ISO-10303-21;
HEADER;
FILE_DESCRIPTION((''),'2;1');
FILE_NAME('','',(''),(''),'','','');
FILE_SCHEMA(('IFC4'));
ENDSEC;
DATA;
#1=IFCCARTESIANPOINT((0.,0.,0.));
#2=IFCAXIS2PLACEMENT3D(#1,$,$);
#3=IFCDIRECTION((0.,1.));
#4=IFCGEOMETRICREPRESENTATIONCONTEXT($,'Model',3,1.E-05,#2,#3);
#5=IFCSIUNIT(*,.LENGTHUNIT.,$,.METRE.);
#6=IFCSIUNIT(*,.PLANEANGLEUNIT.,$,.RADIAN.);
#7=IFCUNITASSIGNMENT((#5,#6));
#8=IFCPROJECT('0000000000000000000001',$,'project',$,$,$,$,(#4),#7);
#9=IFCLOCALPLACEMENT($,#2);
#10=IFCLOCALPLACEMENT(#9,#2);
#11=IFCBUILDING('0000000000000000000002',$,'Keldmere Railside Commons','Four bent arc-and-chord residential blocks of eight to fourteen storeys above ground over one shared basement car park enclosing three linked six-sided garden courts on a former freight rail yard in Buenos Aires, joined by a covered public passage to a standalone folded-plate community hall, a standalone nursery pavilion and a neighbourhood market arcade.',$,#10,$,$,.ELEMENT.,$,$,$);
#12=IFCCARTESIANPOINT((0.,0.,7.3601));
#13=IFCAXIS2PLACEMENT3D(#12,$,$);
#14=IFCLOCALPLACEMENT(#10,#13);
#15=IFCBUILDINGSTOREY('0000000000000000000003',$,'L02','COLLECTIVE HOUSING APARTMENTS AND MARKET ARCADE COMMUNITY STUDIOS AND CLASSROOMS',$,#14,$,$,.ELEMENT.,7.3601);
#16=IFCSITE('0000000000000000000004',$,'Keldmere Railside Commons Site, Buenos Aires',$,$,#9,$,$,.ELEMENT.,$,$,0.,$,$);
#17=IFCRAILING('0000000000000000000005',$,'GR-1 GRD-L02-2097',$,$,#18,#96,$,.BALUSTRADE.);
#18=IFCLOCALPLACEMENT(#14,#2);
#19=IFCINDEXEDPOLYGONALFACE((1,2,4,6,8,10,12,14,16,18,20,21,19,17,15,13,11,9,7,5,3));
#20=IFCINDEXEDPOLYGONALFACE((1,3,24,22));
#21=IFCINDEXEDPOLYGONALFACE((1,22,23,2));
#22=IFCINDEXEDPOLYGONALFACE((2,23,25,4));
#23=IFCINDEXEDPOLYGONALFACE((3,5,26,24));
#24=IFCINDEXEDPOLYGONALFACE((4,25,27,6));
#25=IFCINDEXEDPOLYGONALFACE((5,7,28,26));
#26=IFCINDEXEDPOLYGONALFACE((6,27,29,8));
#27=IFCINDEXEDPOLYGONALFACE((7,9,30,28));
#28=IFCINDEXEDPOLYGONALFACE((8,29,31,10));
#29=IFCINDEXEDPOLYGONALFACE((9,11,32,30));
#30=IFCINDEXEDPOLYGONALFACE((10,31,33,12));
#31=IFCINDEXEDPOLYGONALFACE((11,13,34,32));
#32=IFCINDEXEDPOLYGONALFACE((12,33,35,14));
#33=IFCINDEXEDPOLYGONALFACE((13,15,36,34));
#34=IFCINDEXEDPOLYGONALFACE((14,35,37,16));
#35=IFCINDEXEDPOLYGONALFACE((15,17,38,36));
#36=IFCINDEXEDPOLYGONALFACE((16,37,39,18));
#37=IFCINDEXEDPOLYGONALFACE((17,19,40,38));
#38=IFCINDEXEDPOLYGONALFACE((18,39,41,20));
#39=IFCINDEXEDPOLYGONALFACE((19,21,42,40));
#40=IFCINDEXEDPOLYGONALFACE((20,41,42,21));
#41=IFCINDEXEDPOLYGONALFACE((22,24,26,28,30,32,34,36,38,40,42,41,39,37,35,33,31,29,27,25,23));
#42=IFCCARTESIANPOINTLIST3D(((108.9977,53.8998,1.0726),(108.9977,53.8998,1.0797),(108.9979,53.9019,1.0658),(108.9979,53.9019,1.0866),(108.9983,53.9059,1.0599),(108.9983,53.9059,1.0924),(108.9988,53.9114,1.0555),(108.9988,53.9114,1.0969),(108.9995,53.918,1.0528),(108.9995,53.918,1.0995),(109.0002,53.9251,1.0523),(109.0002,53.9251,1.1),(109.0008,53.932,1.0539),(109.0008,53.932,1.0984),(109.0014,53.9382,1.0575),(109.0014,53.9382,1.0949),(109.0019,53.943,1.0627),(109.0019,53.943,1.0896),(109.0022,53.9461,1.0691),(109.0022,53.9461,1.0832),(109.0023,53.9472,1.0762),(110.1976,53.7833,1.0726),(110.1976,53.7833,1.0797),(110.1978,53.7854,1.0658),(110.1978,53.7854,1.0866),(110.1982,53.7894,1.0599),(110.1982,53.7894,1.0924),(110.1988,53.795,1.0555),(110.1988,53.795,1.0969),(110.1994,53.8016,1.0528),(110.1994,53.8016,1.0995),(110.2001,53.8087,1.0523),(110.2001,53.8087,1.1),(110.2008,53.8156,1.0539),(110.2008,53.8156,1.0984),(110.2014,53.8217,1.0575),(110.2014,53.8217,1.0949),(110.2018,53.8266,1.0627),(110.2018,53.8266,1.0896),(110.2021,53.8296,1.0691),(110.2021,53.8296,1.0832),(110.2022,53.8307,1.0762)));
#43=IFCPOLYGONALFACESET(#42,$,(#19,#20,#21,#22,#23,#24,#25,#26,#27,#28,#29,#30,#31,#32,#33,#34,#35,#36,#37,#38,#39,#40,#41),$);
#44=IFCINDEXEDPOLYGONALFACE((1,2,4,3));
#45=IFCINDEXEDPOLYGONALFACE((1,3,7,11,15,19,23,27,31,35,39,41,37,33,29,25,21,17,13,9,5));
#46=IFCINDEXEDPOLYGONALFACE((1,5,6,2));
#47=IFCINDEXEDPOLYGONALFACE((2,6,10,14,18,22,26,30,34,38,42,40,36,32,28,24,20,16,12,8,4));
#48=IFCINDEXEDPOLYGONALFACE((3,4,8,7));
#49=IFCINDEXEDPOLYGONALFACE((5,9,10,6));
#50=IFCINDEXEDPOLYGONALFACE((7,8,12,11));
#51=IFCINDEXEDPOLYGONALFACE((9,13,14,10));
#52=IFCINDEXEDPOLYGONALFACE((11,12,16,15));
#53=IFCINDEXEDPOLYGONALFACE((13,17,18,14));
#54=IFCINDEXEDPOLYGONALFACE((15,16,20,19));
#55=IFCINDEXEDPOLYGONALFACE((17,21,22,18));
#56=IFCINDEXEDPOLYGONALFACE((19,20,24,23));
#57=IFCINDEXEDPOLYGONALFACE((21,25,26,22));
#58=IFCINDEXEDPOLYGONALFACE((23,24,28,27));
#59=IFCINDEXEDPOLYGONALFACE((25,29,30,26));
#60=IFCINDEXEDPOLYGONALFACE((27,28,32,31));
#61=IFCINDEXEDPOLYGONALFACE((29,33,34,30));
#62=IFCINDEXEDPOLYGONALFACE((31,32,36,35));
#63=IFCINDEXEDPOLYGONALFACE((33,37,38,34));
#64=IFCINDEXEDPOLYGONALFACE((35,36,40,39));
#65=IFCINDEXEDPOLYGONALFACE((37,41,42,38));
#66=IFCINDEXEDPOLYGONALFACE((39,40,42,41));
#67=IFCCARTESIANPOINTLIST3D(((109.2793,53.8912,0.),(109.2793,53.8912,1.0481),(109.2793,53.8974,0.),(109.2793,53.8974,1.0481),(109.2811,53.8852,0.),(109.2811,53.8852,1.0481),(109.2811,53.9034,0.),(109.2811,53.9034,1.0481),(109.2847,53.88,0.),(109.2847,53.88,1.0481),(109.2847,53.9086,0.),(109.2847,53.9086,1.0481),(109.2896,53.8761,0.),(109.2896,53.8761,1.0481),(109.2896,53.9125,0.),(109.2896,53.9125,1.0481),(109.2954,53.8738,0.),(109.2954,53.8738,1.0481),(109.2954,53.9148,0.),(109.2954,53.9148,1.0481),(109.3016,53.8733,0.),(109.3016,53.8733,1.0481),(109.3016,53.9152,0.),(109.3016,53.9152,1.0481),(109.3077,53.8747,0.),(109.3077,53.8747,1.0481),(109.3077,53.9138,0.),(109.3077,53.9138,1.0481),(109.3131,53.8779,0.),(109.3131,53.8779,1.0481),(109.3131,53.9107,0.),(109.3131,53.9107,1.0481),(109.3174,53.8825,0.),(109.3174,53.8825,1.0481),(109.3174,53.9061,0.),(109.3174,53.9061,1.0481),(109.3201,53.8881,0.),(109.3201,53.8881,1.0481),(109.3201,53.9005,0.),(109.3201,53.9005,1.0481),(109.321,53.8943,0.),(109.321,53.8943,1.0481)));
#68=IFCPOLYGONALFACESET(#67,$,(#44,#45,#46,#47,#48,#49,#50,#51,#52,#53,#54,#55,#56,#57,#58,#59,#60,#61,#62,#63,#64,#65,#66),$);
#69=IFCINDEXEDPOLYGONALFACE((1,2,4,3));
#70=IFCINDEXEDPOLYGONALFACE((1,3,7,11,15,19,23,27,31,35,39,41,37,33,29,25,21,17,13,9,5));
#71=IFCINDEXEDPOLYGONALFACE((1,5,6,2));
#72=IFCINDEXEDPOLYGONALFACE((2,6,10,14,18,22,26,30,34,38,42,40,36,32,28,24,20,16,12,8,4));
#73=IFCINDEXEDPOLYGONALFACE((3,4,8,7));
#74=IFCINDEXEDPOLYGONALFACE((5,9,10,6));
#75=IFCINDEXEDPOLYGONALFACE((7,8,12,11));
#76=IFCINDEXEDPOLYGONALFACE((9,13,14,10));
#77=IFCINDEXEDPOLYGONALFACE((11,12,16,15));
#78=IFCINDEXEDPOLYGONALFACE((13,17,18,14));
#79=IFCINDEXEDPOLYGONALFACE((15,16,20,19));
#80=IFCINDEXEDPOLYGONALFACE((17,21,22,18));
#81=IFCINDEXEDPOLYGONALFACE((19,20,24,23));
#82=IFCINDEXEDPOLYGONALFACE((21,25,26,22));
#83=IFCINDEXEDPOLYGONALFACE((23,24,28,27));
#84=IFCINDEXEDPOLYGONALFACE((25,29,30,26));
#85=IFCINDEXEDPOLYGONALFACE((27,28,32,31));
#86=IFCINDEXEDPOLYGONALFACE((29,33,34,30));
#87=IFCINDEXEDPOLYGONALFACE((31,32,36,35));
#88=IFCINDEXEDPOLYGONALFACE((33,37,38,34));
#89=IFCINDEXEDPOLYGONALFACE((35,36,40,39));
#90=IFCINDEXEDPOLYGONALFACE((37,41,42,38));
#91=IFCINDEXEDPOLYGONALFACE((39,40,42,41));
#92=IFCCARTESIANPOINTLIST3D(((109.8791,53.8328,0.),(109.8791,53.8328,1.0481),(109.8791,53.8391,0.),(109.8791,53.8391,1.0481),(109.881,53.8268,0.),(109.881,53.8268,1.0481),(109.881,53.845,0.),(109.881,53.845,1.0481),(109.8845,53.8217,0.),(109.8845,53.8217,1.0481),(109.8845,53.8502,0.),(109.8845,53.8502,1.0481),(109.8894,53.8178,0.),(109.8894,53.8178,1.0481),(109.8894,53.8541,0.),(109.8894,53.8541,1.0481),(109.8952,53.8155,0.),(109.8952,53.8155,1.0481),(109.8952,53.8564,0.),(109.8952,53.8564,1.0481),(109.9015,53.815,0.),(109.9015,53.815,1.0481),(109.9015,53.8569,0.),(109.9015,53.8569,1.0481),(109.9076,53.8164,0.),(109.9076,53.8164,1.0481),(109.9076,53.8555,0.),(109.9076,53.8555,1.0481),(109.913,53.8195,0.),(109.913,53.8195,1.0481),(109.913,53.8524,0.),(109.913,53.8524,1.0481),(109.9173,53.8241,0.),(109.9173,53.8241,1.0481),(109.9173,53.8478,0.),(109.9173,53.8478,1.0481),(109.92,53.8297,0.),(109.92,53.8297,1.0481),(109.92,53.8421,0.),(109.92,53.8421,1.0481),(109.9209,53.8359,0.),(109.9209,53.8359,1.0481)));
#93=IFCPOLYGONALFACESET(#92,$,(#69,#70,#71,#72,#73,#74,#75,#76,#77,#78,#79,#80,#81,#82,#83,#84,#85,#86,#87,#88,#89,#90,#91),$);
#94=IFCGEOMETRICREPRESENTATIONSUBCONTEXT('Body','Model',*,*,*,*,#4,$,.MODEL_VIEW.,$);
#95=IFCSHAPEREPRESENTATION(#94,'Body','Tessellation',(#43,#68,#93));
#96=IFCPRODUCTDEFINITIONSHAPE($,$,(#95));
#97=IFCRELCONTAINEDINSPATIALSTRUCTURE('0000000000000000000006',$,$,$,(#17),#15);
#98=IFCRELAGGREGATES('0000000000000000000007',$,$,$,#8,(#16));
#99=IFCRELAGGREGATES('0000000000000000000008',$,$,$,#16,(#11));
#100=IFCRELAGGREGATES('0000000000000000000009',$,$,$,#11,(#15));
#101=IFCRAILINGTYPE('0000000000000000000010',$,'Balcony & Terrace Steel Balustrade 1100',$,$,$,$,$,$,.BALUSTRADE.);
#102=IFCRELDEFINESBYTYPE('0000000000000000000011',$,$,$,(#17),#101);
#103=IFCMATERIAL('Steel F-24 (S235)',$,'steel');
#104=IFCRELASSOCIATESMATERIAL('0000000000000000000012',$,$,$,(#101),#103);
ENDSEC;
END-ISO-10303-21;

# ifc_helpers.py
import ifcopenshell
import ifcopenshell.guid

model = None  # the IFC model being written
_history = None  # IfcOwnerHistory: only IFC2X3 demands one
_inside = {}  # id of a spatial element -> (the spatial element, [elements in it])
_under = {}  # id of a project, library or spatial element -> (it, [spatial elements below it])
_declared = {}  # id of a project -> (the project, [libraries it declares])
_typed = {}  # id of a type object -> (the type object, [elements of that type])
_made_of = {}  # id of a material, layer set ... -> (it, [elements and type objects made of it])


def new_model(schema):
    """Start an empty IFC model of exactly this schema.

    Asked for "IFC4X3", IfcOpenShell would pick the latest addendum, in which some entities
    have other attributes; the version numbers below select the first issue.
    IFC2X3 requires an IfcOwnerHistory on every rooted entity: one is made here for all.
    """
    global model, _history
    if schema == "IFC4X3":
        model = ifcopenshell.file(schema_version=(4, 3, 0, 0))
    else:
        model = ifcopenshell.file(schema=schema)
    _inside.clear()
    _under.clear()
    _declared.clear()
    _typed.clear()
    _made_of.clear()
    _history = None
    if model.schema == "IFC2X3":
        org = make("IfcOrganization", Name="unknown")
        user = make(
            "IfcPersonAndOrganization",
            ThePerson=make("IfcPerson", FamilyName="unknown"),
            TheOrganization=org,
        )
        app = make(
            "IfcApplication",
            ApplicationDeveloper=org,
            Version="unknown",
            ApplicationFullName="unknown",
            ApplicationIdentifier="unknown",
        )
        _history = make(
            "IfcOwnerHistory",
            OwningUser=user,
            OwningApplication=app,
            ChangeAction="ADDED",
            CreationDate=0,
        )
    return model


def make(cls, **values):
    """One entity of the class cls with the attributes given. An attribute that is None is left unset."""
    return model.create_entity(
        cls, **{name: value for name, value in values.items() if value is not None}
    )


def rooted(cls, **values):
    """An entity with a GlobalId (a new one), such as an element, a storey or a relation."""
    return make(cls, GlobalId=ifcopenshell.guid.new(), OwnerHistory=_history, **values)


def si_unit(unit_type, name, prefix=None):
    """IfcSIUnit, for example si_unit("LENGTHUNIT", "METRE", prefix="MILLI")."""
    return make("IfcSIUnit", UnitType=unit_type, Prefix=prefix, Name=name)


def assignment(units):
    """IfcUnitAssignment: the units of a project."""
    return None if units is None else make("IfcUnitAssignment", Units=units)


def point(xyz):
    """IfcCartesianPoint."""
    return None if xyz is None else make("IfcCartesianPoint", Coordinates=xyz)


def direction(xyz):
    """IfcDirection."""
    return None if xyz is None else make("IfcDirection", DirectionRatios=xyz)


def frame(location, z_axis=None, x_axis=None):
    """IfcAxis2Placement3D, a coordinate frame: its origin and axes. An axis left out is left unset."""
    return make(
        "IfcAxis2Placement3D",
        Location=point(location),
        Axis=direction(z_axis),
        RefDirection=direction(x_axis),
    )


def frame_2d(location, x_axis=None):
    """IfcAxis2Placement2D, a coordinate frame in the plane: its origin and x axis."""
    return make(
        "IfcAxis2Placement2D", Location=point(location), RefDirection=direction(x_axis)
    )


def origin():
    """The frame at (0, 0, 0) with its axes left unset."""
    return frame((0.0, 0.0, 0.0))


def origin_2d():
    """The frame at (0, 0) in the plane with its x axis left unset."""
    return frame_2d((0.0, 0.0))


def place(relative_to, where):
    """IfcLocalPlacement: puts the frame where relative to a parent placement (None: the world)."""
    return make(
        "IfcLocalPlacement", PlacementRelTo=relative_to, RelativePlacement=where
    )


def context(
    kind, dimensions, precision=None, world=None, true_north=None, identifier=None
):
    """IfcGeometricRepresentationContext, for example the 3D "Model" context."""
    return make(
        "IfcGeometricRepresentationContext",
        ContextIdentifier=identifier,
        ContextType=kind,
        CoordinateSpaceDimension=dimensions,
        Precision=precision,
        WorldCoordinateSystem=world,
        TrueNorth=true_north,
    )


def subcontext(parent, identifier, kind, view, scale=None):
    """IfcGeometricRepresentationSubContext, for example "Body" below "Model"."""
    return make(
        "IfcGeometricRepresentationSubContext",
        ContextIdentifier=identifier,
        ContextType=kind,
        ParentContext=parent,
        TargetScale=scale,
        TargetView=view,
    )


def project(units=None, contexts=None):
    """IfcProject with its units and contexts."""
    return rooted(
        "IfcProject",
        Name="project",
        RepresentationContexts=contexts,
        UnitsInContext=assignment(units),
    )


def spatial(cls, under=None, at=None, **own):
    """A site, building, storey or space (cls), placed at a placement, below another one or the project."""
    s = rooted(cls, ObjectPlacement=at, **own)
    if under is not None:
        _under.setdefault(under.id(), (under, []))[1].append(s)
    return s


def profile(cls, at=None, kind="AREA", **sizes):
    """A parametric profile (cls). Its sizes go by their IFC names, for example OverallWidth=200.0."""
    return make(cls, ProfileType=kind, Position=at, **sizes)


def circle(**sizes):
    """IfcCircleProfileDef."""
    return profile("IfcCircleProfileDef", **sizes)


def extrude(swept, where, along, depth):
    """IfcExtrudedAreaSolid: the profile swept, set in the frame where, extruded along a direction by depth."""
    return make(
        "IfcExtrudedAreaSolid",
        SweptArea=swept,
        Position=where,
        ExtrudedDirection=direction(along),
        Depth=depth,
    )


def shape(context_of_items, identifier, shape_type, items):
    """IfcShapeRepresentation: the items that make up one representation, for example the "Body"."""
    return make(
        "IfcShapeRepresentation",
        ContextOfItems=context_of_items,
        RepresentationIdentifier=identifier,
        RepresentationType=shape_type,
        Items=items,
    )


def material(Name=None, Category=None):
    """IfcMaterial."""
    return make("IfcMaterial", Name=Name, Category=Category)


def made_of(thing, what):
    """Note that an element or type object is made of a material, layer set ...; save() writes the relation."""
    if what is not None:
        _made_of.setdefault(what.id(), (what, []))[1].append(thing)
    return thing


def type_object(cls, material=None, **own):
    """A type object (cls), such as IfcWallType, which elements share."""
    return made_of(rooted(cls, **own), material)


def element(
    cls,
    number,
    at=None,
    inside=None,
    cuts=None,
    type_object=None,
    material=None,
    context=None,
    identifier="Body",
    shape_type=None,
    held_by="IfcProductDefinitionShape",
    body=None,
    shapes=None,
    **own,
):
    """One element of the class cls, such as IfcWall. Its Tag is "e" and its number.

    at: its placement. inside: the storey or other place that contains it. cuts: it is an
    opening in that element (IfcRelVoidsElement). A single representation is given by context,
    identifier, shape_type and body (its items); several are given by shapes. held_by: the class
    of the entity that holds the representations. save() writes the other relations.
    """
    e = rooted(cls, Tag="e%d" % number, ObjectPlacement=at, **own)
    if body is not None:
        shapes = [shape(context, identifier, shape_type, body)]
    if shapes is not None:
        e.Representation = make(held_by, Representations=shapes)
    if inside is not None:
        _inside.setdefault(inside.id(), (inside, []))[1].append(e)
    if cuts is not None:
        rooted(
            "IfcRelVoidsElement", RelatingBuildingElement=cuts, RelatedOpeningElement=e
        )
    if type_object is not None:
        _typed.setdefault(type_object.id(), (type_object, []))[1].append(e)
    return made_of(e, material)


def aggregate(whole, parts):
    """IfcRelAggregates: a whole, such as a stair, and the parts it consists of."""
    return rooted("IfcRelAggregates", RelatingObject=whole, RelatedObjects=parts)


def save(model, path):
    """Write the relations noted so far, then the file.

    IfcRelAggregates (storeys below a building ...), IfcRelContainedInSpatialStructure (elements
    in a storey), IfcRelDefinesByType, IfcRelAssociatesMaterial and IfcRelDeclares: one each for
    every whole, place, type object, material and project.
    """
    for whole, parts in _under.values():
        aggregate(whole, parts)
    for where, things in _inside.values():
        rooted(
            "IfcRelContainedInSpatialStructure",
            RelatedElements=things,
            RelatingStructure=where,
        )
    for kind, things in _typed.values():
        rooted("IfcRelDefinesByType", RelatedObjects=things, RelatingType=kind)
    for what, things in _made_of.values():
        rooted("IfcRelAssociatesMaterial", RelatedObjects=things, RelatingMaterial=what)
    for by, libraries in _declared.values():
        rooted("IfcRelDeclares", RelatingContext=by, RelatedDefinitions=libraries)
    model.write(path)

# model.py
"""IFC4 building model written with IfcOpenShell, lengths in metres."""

from ifc_helpers import new_model, si_unit, direction, frame, origin, origin_2d, place, context, subcontext, project, spatial, circle, extrude, material, type_object, element, save


model = new_model("IFC4")

# Units and contexts
model_context = context("Model", 3, precision=1e-05, world=origin(), true_north=direction((0.0, 1.0)))
body_context = subcontext(model_context, "Body", "Model", "MODEL_VIEW")
ifc_project = project(units=[si_unit("LENGTHUNIT", "METRE"), si_unit("PLANEANGLEUNIT", "RADIAN")], contexts=[model_context])

# Site, building, storey
site_placement = place(None, origin())
site = spatial("IfcSite", under=ifc_project, at=site_placement, Name="Keldmere Railside Commons Site, Buenos Aires", CompositionType="ELEMENT", RefElevation=0.0)
building_placement = place(site_placement, origin())
building = spatial("IfcBuilding", under=site, at=building_placement, Name="Keldmere Railside Commons", Description="Four bent arc-and-chord residential blocks of eight to fourteen storeys above ground over one shared basement car park enclosing three linked six-sided garden courts on a former freight rail yard in Buenos Aires, joined by a covered public passage to a standalone folded-plate community hall, a standalone nursery pavilion and a neighbourhood market arcade.", CompositionType="ELEMENT")
storey_placement = place(building_placement, frame((0.0, 0.0, 7.3601)))
storey = spatial("IfcBuildingStorey", under=building, at=storey_placement, Name="L02", Description="COLLECTIVE HOUSING APARTMENTS AND MARKET ARCADE COMMUNITY STUDIOS AND CLASSROOMS", CompositionType="ELEMENT", Elevation=7.3601)

# Railing
ifc_material_1 = material(Name="Steel F-24 (S235)", Category="steel")
railing_type = type_object("IfcRailingType", Name="Balcony & Terrace Steel Balustrade 1100", PredefinedType="BALUSTRADE", material=ifc_material_1)
railing_1_placement = place(storey_placement, frame((109.0, 53.9233, 0.0)))
element("IfcRailing", 1, at=railing_1_placement, inside=storey, type_object=railing_type, Name="GR-1 GRD-L02-2097", PredefinedType="BALUSTRADE", context=body_context, shape_type="SweptSolid", body=[
    extrude(circle(Radius=0.0239, at=origin_2d()), frame((0.0, 0.0, 1.0762), z_axis=(0.995324, -0.096596, 0.0), x_axis=(0.096596, 0.995324, 0.0)), (0.0, 0.0, 1.0), 1.2056),
    extrude(circle(Radius=0.021, at=origin_2d()), frame((0.3, -0.0291, 0.0)), (0.0, 0.0, 1.0), 1.0481),
    extrude(circle(Radius=0.021, at=origin_2d()), frame((0.8999, -0.0874, 0.0)), (0.0, 0.0, 1.0), 1.0481),
])

save(model, "model.ifc")
